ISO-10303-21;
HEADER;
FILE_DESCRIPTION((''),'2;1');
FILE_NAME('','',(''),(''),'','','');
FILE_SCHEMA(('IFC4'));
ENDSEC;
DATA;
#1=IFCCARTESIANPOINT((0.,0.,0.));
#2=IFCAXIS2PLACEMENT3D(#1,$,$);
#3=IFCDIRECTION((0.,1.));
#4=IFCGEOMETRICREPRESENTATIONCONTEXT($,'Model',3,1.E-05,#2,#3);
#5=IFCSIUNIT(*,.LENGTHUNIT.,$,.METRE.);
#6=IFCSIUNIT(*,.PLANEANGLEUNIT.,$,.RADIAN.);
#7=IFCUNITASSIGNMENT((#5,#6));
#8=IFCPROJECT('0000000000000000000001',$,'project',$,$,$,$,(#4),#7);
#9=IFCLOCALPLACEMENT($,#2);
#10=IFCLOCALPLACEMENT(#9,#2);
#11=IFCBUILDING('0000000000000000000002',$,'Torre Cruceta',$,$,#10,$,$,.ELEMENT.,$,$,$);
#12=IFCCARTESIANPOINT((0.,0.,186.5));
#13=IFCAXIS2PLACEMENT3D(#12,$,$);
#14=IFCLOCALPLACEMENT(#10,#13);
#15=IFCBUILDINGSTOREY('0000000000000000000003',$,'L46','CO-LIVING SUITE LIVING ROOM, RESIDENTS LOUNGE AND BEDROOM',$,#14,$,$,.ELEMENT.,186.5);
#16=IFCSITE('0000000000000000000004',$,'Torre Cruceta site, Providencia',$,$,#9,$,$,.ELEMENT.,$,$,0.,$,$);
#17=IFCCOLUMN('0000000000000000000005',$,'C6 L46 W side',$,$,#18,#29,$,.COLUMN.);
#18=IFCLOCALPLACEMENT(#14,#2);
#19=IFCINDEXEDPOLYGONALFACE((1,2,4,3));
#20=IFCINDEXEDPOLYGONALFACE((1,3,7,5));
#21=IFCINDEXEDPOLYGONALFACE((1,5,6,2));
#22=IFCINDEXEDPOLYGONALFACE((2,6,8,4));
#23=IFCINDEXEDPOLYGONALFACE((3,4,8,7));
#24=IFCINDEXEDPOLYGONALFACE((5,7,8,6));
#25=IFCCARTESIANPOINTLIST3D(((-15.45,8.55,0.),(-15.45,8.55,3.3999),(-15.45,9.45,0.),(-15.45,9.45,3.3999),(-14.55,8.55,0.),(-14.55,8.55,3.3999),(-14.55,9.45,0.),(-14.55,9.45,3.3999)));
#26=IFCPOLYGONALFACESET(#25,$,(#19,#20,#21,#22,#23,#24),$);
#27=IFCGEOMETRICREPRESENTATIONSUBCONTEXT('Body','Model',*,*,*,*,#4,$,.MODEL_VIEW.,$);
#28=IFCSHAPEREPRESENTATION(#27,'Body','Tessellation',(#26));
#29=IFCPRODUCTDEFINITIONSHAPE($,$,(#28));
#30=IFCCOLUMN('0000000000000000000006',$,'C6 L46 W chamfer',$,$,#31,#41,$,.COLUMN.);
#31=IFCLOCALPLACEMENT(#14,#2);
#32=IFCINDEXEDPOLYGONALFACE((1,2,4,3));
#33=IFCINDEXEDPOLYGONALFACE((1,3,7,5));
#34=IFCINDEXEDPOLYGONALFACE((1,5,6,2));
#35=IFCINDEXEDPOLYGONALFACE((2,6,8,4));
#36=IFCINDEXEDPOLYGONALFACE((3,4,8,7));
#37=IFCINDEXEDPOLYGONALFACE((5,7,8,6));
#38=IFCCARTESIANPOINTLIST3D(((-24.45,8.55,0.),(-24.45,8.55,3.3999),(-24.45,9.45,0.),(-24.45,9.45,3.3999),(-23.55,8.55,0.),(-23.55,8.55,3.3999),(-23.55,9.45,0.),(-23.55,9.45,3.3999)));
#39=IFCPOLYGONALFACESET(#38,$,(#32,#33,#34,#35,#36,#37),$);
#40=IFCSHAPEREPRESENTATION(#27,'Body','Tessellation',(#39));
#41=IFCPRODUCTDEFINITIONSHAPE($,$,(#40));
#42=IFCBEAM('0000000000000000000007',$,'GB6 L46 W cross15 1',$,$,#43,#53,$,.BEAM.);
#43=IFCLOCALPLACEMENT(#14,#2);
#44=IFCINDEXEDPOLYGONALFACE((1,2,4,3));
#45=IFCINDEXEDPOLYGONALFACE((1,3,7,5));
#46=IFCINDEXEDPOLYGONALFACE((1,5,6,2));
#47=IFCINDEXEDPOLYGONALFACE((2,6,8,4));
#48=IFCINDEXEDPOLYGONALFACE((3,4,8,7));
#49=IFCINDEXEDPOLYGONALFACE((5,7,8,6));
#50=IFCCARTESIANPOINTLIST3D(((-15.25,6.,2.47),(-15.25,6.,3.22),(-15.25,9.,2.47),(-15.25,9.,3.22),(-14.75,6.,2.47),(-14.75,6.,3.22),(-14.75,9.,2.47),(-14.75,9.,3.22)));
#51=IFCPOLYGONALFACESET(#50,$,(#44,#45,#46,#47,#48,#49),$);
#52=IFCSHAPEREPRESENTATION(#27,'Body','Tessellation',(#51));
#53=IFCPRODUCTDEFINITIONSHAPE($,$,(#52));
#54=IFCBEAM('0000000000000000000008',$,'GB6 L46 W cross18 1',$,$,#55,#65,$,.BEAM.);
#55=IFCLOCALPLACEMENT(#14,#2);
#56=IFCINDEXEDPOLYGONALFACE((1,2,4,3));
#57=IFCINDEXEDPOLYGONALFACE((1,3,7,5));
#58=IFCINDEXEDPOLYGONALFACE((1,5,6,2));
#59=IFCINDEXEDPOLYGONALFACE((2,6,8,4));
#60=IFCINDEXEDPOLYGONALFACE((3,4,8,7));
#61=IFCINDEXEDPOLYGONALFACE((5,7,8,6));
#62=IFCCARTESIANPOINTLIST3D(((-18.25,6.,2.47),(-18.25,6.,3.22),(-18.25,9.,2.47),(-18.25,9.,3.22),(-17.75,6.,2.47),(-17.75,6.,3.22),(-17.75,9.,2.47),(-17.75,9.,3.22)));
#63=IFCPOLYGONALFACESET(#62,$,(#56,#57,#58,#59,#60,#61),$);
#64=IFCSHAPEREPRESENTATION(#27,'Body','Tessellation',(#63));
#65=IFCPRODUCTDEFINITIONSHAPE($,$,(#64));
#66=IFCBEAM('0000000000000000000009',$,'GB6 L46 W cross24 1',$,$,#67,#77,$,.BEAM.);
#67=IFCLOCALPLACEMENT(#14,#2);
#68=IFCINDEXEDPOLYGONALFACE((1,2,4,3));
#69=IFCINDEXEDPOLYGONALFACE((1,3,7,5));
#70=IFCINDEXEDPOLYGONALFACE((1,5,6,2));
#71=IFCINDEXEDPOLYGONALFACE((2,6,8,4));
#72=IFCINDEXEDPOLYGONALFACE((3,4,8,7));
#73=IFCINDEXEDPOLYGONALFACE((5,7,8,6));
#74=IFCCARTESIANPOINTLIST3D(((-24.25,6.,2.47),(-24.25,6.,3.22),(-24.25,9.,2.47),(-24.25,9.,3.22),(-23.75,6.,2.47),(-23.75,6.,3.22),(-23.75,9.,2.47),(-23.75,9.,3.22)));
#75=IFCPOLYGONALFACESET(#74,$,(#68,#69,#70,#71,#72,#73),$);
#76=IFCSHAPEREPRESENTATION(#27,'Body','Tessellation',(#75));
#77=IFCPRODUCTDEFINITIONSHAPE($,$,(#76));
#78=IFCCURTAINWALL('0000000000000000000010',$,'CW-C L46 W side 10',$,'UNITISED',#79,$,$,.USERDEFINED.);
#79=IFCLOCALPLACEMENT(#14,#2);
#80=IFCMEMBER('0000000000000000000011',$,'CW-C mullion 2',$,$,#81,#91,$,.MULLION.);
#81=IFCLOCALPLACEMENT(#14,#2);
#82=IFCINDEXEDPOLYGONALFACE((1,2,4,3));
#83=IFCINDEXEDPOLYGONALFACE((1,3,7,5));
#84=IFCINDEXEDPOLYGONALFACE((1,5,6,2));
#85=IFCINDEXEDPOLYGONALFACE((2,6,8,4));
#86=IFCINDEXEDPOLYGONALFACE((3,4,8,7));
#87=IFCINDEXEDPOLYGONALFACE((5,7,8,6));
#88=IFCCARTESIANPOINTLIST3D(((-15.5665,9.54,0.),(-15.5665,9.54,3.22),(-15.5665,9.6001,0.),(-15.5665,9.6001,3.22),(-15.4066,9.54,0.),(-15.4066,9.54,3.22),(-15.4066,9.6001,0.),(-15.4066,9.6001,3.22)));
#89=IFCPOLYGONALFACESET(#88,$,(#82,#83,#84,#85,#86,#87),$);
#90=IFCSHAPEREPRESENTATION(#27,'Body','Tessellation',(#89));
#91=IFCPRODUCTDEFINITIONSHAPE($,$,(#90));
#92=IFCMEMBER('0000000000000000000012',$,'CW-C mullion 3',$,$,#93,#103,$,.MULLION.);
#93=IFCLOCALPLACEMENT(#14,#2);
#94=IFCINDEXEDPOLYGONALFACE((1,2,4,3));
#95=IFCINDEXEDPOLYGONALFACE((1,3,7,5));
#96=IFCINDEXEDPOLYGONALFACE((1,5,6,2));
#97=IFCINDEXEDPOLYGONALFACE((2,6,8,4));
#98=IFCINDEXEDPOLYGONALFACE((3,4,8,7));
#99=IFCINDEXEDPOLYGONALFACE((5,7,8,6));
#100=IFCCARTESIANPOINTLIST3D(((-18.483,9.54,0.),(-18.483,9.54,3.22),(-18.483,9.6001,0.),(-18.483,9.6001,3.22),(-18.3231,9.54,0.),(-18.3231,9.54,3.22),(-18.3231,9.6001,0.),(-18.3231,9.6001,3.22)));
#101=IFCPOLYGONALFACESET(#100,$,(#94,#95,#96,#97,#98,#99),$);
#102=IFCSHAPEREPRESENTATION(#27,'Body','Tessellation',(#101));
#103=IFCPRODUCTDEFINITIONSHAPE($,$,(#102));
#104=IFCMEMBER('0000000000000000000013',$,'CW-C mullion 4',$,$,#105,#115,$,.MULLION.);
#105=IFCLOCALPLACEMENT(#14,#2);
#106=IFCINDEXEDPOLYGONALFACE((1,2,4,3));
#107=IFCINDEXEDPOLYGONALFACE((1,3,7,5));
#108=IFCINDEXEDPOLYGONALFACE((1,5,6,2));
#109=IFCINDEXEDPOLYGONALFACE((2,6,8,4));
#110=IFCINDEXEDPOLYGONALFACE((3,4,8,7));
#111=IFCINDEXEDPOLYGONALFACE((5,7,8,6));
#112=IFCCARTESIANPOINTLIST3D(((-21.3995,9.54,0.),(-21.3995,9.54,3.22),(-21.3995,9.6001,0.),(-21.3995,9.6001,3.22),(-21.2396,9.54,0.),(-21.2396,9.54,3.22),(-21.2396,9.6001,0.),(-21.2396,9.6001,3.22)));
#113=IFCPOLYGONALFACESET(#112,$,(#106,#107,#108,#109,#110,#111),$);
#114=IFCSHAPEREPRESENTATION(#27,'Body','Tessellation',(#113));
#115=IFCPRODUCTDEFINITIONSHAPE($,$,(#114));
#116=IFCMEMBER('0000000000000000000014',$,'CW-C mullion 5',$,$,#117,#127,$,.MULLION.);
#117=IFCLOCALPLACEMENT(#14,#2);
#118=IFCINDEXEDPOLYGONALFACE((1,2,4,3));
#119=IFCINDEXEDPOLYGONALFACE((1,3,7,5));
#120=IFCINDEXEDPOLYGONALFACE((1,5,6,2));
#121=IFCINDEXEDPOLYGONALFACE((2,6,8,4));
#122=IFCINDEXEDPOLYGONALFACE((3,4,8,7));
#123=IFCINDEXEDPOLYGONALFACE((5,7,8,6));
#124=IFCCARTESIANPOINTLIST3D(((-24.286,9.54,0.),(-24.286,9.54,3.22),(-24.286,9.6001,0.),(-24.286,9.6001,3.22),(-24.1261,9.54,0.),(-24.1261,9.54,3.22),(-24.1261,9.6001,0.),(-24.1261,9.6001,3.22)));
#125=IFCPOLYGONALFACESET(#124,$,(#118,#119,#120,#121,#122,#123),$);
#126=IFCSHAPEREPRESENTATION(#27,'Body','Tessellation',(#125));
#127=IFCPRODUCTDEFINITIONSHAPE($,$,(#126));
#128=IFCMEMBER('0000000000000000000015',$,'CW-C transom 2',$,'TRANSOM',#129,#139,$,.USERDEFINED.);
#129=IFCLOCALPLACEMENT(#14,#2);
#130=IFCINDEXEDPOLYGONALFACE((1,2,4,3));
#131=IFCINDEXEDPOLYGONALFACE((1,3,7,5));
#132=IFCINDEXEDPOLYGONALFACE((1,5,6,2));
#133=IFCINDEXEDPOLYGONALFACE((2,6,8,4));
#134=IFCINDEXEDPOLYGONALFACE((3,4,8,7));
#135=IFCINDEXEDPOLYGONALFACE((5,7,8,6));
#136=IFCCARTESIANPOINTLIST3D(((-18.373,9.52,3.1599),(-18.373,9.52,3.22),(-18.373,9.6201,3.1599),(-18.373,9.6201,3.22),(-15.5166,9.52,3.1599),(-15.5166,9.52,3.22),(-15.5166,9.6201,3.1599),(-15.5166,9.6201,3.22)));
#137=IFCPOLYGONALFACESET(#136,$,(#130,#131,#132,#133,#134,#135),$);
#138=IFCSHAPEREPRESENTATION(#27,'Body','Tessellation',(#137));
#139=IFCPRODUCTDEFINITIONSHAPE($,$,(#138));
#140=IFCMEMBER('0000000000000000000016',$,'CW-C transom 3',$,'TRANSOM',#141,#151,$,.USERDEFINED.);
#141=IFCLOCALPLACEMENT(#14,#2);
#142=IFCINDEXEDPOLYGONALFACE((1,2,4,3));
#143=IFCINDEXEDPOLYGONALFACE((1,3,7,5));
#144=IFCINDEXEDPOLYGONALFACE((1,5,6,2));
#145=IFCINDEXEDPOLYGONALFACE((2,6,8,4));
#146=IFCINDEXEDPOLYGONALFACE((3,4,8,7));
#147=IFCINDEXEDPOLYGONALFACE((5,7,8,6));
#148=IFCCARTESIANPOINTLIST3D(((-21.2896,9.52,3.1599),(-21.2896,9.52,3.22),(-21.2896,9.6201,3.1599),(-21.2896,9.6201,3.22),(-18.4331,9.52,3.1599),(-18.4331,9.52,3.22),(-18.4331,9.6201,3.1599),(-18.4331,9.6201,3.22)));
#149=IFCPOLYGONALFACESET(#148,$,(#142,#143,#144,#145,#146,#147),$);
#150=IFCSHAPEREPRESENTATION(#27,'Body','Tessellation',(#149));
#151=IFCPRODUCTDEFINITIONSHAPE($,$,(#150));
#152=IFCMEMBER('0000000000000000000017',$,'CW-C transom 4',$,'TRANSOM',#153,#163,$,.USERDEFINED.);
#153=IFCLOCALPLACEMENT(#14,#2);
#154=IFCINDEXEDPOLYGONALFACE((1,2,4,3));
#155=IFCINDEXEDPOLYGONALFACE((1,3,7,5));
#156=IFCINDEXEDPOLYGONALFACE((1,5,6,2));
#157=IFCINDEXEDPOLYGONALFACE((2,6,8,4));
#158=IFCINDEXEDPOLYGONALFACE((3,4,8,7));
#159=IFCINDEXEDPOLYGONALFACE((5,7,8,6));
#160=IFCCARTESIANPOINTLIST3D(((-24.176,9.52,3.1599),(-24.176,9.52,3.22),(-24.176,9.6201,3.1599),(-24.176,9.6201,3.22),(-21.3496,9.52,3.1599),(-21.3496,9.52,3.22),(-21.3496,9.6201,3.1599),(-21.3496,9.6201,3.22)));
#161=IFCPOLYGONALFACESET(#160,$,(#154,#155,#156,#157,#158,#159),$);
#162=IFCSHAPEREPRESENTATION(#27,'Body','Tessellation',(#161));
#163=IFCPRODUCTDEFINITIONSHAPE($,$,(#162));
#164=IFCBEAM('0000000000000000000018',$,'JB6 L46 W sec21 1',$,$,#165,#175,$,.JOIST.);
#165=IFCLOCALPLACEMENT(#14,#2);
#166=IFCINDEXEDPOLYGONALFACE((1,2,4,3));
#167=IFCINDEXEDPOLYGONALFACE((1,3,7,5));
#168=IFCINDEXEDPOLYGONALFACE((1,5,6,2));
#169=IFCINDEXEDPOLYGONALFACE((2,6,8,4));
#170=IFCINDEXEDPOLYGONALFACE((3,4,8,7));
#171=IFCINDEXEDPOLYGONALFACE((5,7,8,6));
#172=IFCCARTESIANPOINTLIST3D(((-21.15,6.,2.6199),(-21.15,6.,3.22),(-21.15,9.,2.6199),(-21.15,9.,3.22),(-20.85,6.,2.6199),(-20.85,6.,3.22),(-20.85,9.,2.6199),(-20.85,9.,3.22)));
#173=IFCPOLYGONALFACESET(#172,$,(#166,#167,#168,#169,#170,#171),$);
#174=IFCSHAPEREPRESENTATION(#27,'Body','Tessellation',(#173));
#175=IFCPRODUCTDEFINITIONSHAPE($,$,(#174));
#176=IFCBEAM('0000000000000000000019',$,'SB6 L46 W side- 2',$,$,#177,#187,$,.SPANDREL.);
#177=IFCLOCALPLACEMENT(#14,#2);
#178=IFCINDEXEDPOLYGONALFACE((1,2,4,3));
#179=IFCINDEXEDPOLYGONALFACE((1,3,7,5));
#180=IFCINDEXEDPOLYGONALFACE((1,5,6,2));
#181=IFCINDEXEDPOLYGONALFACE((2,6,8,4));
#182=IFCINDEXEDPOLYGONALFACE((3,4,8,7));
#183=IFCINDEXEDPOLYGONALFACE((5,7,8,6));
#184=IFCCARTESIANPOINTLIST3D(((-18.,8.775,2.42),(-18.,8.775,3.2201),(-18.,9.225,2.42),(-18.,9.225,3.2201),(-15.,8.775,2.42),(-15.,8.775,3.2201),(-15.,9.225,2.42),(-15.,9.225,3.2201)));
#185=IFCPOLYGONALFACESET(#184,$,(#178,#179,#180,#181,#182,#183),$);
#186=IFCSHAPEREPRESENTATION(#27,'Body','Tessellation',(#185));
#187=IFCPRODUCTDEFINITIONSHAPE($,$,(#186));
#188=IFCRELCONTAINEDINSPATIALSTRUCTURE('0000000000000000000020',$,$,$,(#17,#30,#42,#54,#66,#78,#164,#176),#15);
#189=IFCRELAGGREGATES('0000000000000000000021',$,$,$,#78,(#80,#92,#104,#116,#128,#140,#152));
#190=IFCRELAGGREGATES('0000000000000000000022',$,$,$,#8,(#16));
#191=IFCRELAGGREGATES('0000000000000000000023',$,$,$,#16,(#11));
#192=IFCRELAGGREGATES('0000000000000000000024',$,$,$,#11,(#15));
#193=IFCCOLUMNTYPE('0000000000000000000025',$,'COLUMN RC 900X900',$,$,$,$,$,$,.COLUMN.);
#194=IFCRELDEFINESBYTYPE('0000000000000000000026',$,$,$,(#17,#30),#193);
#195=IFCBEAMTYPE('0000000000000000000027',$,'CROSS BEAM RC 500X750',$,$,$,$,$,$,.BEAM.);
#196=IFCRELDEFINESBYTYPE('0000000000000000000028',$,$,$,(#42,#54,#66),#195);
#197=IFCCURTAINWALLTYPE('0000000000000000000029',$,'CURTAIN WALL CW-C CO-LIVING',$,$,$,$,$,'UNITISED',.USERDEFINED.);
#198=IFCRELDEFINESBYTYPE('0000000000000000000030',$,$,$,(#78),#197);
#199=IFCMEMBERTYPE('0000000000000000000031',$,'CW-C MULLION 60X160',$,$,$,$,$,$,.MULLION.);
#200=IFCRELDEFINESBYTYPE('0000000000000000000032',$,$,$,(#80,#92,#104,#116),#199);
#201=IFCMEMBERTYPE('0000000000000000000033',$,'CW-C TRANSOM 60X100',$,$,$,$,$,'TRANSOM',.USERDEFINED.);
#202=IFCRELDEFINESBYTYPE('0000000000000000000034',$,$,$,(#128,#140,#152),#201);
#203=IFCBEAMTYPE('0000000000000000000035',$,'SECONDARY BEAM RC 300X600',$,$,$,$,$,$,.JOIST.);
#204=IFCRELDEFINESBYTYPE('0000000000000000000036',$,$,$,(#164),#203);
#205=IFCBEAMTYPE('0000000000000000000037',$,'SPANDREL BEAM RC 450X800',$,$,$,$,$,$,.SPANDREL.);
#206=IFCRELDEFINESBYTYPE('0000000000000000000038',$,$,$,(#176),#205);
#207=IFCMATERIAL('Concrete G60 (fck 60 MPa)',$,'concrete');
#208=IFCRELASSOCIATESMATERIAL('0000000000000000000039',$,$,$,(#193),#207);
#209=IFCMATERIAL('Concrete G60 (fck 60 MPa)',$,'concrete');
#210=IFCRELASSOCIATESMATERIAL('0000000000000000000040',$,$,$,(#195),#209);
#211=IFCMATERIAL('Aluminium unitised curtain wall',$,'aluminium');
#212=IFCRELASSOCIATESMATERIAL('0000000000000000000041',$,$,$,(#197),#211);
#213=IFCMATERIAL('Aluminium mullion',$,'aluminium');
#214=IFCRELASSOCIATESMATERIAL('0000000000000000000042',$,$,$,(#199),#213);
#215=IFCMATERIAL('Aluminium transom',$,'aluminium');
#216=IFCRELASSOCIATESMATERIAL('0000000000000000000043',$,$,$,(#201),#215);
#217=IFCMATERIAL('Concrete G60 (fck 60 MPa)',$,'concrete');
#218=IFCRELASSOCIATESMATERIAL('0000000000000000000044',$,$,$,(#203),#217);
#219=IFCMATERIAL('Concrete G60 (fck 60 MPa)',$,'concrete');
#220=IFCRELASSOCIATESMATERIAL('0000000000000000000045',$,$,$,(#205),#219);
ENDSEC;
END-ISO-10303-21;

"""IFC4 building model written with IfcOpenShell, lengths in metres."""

from ifc_helpers import new_model, si_unit, direction, frame, origin, origin_2d, place, context, subcontext, project, spatial, rectangle, extrude, material, material_profile, profile_set, type_object, element, aggregate, save


model = new_model("IFC4")

# Units and contexts
model_context = context("Model", 3, precision=1e-05, world=origin(), true_north=direction((0.0, 1.0)))
body_context = subcontext(model_context, "Body", "Model", "MODEL_VIEW")
ifc_project = project(units=[si_unit("LENGTHUNIT", "METRE"), si_unit("PLANEANGLEUNIT", "RADIAN")], contexts=[model_context])

# Site, building, storey
site_placement = place(None, origin())
site = spatial("IfcSite", under=ifc_project, at=site_placement, Name="Torre Cruceta site, Providencia", CompositionType="ELEMENT", RefElevation=0.0)
building_placement = place(site_placement, origin())
building = spatial("IfcBuilding", under=site, at=building_placement, Name="Torre Cruceta", CompositionType="ELEMENT")
storey_placement = place(building_placement, frame((0.0, 0.0, 186.5)))
storey = spatial("IfcBuildingStorey", under=building, at=storey_placement, Name="L46", Description="CO-LIVING SUITE LIVING ROOM, RESIDENTS LOUNGE AND BEDROOM", CompositionType="ELEMENT", Elevation=186.5)

# Columns
ifc_material_1 = material(Name="Concrete G60 (fck 60 MPa)", Category="concrete")
ifc_material_profile_1 = material_profile(ifc_material_1, rectangle(XDim=0.8999, YDim=0.8999, at=origin_2d()), Name="RC 900X900")
ifc_profile_set_1 = profile_set([ifc_material_profile_1], Name="Concrete G60 (fck 60 MPa)")
column_type = type_object("IfcColumnType", Name="COLUMN RC 900X900", PredefinedType="COLUMN", material=ifc_profile_set_1)
for number, where, z_axis, x_axis, name in (
    (1, (-15.0, 9.0, 0.0), (0.0, 0.0, 1.0), (1.0, 0.0, 0.0), "C6 L46 W side"),
    (2, (-24.0, 9.0, 0.0), (0.0, 0.0, 1.0), (1.0, 0.0, 0.0), "C6 L46 W chamfer"),
):
    element("IfcColumn", number, at=place(storey_placement, frame(where, z_axis=z_axis, x_axis=x_axis)), inside=storey, type_object=column_type, Name=name, PredefinedType="COLUMN", context=body_context, shape_type="SweptSolid", body=[
        extrude(rectangle(XDim=0.8999, YDim=0.8999, at=origin_2d()), origin(), (0.0, 0.0, 1.0), 3.3999),
    ])

# Beams
ifc_material_2 = material(Name="Concrete G60 (fck 60 MPa)", Category="concrete")
ifc_material_profile_2 = material_profile(ifc_material_2, rectangle(XDim=0.5, YDim=0.75, at=origin_2d()), Name="RC 500X750")
ifc_profile_set_2 = profile_set([ifc_material_profile_2], Name="Concrete G60 (fck 60 MPa)")
beam_type_1 = type_object("IfcBeamType", Name="CROSS BEAM RC 500X750", PredefinedType="BEAM", material=ifc_profile_set_2)
for number, where, z_axis, x_axis, name in (
    (3, (-15.0, 9.0, 2.845), (0.0, -1.0, 0.0), (1.0, 0.0, 0.0), "GB6 L46 W cross15 1"),
    (4, (-18.0, 9.0, 2.845), (0.0, -1.0, 0.0), (1.0, 0.0, 0.0), "GB6 L46 W cross18 1"),
    (5, (-24.0, 9.0, 2.845), (0.0, -1.0, 0.0), (1.0, 0.0, 0.0), "GB6 L46 W cross24 1"),
):
    element("IfcBeam", number, at=place(storey_placement, frame(where, z_axis=z_axis, x_axis=x_axis)), inside=storey, type_object=beam_type_1, Name=name, PredefinedType="BEAM", context=body_context, shape_type="SweptSolid", body=[
        extrude(rectangle(XDim=0.5, YDim=0.75, at=origin_2d()), origin(), (0.0, 0.0, 1.0), 3.0),
    ])

# Curtain wall, members
ifc_material_3 = material(Name="Aluminium unitised curtain wall", Category="aluminium")
curtain_wall_type = type_object("IfcCurtainWallType", Name="CURTAIN WALL CW-C CO-LIVING", ElementType="UNITISED", PredefinedType="USERDEFINED", material=ifc_material_3)
curtain_wall_placement = place(storey_placement, origin())
curtain_wall = element("IfcCurtainWall", 6, at=curtain_wall_placement, inside=storey, type_object=curtain_wall_type, Name="CW-C L46 W side 10", ObjectType="UNITISED", PredefinedType="USERDEFINED")
ifc_material_4 = material(Name="Aluminium mullion", Category="aluminium")
ifc_material_profile_3 = material_profile(ifc_material_4, rectangle(XDim=0.0601, YDim=0.1599, at=origin_2d()), Name="AL 60X160")
ifc_profile_set_3 = profile_set([ifc_material_profile_3], Name="Aluminium mullion")
member_type_1 = type_object("IfcMemberType", Name="CW-C MULLION 60X160", PredefinedType="MULLION", material=ifc_profile_set_3)
member_1_placement = place(storey_placement, frame((-15.4866, 9.5701, 0.0), z_axis=(0.0, 0.0, 1.0), x_axis=(0.0, -1.0, 0.0)))
member_1 = element("IfcMember", 7, at=member_1_placement, type_object=member_type_1, Name="CW-C mullion 2", PredefinedType="MULLION", context=body_context, shape_type="SweptSolid", body=[
    extrude(rectangle(XDim=0.0601, YDim=0.1599, at=origin_2d()), origin(), (0.0, 0.0, 1.0), 3.22),
])
member_2_placement = place(storey_placement, frame((-18.4031, 9.5701, 0.0), z_axis=(0.0, 0.0, 1.0), x_axis=(0.0, -1.0, 0.0)))
member_2 = element("IfcMember", 8, at=member_2_placement, type_object=member_type_1, Name="CW-C mullion 3", PredefinedType="MULLION", context=body_context, shape_type="SweptSolid", body=[
    extrude(rectangle(XDim=0.0601, YDim=0.1599, at=origin_2d()), origin(), (0.0, 0.0, 1.0), 3.22),
])
member_3_placement = place(storey_placement, frame((-21.3196, 9.5701, 0.0), z_axis=(0.0, 0.0, 1.0), x_axis=(0.0, -1.0, 0.0)))
member_3 = element("IfcMember", 9, at=member_3_placement, type_object=member_type_1, Name="CW-C mullion 4", PredefinedType="MULLION", context=body_context, shape_type="SweptSolid", body=[
    extrude(rectangle(XDim=0.0601, YDim=0.1599, at=origin_2d()), origin(), (0.0, 0.0, 1.0), 3.22),
])
member_4_placement = place(storey_placement, frame((-24.2061, 9.5701, 0.0), z_axis=(0.0, 0.0, 1.0), x_axis=(0.0, -1.0, 0.0)))
member_4 = element("IfcMember", 10, at=member_4_placement, type_object=member_type_1, Name="CW-C mullion 5", PredefinedType="MULLION", context=body_context, shape_type="SweptSolid", body=[
    extrude(rectangle(XDim=0.0601, YDim=0.1599, at=origin_2d()), origin(), (0.0, 0.0, 1.0), 3.22),
])
ifc_material_5 = material(Name="Aluminium transom", Category="aluminium")
ifc_material_profile_4 = material_profile(ifc_material_5, rectangle(XDim=0.1001, YDim=0.0601, at=origin_2d()), Name="AL 100X60")
ifc_profile_set_4 = profile_set([ifc_material_profile_4], Name="Aluminium transom")
member_type_2 = type_object("IfcMemberType", Name="CW-C TRANSOM 60X100", ElementType="TRANSOM", PredefinedType="USERDEFINED", material=ifc_profile_set_4)
member_5_placement = place(storey_placement, frame((-15.5166, 9.5701, 3.1899), z_axis=(-1.0, 0.0, 0.0), x_axis=(0.0, -1.0, 0.0)))
member_5 = element("IfcMember", 11, at=member_5_placement, type_object=member_type_2, Name="CW-C transom 2", ObjectType="TRANSOM", PredefinedType="USERDEFINED", context=body_context, shape_type="SweptSolid", body=[
    extrude(rectangle(XDim=0.1001, YDim=0.0601, at=origin_2d()), origin(), (0.0, 0.0, 1.0), 2.8564),
])
member_6_placement = place(storey_placement, frame((-18.4331, 9.5701, 3.1899), z_axis=(-1.0, 0.0, 0.0), x_axis=(0.0, -1.0, 0.0)))
member_6 = element("IfcMember", 12, at=member_6_placement, type_object=member_type_2, Name="CW-C transom 3", ObjectType="TRANSOM", PredefinedType="USERDEFINED", context=body_context, shape_type="SweptSolid", body=[
    extrude(rectangle(XDim=0.1001, YDim=0.0601, at=origin_2d()), origin(), (0.0, 0.0, 1.0), 2.8564),
])
member_7_placement = place(storey_placement, frame((-21.3496, 9.5701, 3.1899), z_axis=(-1.0, 0.0, 0.0), x_axis=(0.0, -1.0, 0.0)))
member_7 = element("IfcMember", 13, at=member_7_placement, type_object=member_type_2, Name="CW-C transom 4", ObjectType="TRANSOM", PredefinedType="USERDEFINED", context=body_context, shape_type="SweptSolid", body=[
    extrude(rectangle(XDim=0.1001, YDim=0.0601, at=origin_2d()), origin(), (0.0, 0.0, 1.0), 2.8264),
])

# Beams
ifc_material_6 = material(Name="Concrete G60 (fck 60 MPa)", Category="concrete")
ifc_material_profile_5 = material_profile(ifc_material_6, rectangle(XDim=0.3, YDim=0.6001, at=origin_2d()), Name="RC 300X600")
ifc_profile_set_5 = profile_set([ifc_material_profile_5], Name="Concrete G60 (fck 60 MPa)")
beam_type_2 = type_object("IfcBeamType", Name="SECONDARY BEAM RC 300X600", PredefinedType="JOIST", material=ifc_profile_set_5)
beam_1_placement = place(storey_placement, frame((-21.0, 9.0, 2.9199), z_axis=(0.0, -1.0, 0.0), x_axis=(1.0, 0.0, 0.0)))
element("IfcBeam", 14, at=beam_1_placement, inside=storey, type_object=beam_type_2, Name="JB6 L46 W sec21 1", PredefinedType="JOIST", context=body_context, shape_type="SweptSolid", body=[
    extrude(rectangle(XDim=0.3, YDim=0.6001, at=origin_2d()), origin(), (0.0, 0.0, 1.0), 3.0),
])
ifc_material_7 = material(Name="Concrete G60 (fck 60 MPa)", Category="concrete")
ifc_material_profile_6 = material_profile(ifc_material_7, rectangle(XDim=0.45, YDim=0.8, at=origin_2d()), Name="RC 450X800")
ifc_profile_set_6 = profile_set([ifc_material_profile_6], Name="Concrete G60 (fck 60 MPa)")
beam_type_3 = type_object("IfcBeamType", Name="SPANDREL BEAM RC 450X800", PredefinedType="SPANDREL", material=ifc_profile_set_6)
for number, where, z_axis, x_axis, name in (
    (15, (-15.0, 9.0, 2.8201), (-1.0, 0.0, 0.0), (0.0, -1.0, 0.0), "SB6 L46 W side- 2"),
):
    element("IfcBeam", number, at=place(storey_placement, frame(where, z_axis=z_axis, x_axis=x_axis)), inside=storey, type_object=beam_type_3, Name=name, PredefinedType="SPANDREL", context=body_context, shape_type="SweptSolid", body=[
        extrude(rectangle(XDim=0.45, YDim=0.8, at=origin_2d()), origin(), (0.0, 0.0, 1.0), 3.0),
    ])

aggregate(curtain_wall, [member_1, member_2, member_3, member_4, member_5, member_6, member_7])

save(model, "model.ifc")
